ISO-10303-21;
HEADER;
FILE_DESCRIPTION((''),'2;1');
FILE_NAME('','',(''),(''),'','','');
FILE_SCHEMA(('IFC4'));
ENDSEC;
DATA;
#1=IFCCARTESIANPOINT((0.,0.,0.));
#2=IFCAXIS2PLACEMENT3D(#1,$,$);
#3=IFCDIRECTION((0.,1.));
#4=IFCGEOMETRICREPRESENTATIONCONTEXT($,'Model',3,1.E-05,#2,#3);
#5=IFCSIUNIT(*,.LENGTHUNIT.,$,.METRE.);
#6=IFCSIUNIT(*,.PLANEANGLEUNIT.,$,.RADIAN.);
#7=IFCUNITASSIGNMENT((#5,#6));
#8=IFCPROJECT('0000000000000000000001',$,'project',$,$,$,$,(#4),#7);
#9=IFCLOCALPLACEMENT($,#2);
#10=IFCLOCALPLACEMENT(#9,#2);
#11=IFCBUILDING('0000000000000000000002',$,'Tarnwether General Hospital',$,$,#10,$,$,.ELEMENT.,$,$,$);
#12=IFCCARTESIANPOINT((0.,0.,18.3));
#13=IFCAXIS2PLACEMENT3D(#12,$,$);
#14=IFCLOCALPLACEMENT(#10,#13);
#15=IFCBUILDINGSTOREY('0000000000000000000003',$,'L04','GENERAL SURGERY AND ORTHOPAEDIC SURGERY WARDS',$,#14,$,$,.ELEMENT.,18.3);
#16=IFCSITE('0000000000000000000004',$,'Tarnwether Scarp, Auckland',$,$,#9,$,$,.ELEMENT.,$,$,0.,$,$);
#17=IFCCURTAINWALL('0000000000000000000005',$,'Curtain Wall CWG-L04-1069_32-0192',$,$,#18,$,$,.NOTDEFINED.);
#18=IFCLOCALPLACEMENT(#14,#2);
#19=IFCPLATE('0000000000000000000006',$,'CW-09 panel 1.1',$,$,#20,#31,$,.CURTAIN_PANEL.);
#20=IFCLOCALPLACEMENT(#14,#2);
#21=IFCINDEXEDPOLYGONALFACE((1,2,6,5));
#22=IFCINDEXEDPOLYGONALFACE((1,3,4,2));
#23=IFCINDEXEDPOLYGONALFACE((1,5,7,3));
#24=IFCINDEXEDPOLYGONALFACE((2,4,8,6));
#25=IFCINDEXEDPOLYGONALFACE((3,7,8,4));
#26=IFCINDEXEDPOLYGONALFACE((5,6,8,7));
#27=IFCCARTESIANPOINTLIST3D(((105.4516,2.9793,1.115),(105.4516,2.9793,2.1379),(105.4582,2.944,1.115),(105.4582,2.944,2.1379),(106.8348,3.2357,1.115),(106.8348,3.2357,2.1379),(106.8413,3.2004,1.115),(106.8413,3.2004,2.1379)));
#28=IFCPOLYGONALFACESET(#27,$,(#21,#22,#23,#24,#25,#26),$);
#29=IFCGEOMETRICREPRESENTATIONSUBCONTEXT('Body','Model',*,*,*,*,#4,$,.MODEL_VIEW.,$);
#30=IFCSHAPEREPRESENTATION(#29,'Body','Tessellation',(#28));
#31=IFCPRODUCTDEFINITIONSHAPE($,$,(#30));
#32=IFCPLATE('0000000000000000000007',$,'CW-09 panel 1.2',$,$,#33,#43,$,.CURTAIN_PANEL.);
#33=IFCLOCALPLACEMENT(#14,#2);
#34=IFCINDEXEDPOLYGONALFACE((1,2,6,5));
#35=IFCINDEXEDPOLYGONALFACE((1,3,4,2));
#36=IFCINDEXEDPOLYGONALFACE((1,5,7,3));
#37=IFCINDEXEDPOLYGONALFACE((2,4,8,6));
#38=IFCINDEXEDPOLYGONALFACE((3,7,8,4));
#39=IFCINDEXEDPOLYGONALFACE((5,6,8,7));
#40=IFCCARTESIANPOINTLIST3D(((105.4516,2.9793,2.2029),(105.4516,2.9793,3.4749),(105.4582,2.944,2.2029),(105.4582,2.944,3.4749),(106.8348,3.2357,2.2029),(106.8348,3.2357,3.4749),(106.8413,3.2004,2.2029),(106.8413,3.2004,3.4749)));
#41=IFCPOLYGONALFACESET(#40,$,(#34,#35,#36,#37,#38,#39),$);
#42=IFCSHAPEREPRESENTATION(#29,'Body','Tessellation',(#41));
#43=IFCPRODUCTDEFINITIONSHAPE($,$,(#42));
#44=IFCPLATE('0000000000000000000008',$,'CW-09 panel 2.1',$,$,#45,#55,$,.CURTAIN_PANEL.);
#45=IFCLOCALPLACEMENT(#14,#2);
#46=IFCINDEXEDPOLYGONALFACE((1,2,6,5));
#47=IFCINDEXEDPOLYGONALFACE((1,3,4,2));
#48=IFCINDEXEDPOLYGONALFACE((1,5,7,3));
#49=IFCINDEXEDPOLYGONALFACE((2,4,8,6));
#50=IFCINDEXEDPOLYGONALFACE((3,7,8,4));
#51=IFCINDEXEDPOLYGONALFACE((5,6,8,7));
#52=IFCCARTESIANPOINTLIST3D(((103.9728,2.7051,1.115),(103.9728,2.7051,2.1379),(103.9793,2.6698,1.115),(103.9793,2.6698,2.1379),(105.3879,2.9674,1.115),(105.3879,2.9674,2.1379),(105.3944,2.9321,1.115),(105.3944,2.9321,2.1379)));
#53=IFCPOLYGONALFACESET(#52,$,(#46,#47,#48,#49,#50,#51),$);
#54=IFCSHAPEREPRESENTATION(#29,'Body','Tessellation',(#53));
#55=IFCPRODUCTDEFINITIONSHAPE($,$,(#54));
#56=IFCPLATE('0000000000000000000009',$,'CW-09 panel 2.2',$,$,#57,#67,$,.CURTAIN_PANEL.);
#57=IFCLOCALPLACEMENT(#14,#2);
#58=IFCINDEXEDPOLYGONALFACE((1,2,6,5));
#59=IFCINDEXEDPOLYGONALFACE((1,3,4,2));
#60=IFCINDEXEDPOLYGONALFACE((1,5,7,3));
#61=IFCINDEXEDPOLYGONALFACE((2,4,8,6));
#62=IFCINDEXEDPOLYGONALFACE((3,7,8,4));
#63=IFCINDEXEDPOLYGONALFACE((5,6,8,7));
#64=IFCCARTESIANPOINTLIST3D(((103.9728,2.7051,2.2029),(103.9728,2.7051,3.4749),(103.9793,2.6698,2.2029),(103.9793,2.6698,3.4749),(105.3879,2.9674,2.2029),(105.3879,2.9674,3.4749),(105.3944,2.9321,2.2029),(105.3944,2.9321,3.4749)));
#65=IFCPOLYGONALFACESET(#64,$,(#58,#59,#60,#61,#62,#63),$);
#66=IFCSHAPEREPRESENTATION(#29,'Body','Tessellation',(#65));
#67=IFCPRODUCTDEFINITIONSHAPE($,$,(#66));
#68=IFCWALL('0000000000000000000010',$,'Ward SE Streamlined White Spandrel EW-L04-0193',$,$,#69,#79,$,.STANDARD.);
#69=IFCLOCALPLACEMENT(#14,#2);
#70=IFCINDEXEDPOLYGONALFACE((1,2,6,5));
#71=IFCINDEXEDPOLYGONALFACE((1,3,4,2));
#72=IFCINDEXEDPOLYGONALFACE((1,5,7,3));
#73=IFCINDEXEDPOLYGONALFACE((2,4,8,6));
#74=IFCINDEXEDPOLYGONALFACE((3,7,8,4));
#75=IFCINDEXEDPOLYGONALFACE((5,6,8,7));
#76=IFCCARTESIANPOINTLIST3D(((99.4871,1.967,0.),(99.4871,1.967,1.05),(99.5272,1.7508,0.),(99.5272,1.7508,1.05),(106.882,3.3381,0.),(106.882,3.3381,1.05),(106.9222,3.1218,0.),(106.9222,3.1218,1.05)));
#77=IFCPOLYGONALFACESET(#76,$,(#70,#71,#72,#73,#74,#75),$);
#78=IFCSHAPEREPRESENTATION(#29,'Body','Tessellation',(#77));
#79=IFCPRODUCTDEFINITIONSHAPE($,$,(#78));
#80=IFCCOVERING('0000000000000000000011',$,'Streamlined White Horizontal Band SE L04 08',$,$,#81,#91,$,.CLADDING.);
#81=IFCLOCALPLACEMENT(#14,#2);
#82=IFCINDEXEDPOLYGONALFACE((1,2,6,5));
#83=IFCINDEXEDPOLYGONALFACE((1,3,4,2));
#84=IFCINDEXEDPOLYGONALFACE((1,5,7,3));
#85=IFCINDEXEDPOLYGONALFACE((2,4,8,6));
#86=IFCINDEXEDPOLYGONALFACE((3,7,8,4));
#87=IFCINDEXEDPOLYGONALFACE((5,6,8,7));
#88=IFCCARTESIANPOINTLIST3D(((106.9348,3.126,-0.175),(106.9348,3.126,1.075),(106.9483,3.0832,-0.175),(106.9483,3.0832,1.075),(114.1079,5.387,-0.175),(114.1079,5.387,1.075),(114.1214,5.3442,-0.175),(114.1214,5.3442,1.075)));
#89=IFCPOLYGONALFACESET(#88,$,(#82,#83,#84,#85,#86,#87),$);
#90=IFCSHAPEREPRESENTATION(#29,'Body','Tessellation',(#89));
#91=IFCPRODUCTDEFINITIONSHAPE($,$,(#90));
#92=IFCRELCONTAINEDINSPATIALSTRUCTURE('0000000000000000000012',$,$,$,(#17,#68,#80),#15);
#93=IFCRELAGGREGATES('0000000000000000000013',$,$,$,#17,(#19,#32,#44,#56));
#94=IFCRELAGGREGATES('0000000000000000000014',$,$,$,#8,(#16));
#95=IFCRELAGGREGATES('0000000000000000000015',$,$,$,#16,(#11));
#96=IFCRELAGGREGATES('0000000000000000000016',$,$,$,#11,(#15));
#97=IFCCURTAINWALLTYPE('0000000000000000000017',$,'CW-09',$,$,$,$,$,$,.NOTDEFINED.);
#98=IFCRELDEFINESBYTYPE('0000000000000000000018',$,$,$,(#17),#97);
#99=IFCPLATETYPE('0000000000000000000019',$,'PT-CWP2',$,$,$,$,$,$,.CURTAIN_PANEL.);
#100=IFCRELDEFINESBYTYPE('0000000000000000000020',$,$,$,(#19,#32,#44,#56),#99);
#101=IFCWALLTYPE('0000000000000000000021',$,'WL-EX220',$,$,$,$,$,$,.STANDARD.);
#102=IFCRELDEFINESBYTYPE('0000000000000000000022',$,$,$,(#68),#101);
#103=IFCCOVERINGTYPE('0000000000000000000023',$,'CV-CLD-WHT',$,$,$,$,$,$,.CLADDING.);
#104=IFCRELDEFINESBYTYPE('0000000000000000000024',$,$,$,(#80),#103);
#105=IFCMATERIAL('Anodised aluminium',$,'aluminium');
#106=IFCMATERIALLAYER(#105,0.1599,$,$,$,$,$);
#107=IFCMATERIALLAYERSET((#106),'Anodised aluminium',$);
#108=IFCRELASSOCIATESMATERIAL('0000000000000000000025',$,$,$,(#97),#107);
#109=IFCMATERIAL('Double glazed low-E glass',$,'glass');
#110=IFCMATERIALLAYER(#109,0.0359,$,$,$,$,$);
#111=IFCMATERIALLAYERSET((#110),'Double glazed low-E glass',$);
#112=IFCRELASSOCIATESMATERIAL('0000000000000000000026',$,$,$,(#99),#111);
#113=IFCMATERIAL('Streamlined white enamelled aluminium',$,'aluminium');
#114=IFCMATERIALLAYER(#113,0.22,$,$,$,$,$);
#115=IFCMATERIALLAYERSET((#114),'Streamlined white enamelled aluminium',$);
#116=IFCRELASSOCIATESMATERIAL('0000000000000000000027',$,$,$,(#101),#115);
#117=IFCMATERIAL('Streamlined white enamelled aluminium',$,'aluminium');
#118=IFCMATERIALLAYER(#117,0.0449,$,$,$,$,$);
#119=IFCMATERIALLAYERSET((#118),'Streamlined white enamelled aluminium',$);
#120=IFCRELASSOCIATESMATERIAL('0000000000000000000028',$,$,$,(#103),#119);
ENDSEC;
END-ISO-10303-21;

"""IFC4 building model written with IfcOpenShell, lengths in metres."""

from ifc_helpers import new_model, si_unit, direction, frame, frame_2d, origin, origin_2d, place, context, subcontext, project, spatial, rectangle, extrude, material, layer, layer_set, type_object, element, aggregate, save


model = new_model("IFC4")

# Units and contexts
model_context = context("Model", 3, precision=1e-05, world=origin(), true_north=direction((0.0, 1.0)))
body_context = subcontext(model_context, "Body", "Model", "MODEL_VIEW")
ifc_project = project(units=[si_unit("LENGTHUNIT", "METRE"), si_unit("PLANEANGLEUNIT", "RADIAN")], contexts=[model_context])

# Site, building, storey
site_placement = place(None, origin())
site = spatial("IfcSite", under=ifc_project, at=site_placement, Name="Tarnwether Scarp, Auckland", CompositionType="ELEMENT", RefElevation=0.0)
building_placement = place(site_placement, origin())
building = spatial("IfcBuilding", under=site, at=building_placement, Name="Tarnwether General Hospital", CompositionType="ELEMENT")
storey_placement = place(building_placement, frame((0.0, 0.0, 18.3)))
storey = spatial("IfcBuildingStorey", under=building, at=storey_placement, Name="L04", Description="GENERAL SURGERY AND ORTHOPAEDIC SURGERY WARDS", CompositionType="ELEMENT", Elevation=18.3)

# Curtain wall
ifc_material_1 = material(Name="Anodised aluminium", Category="aluminium")
ifc_layer_1 = layer(ifc_material_1, 0.1599)
ifc_layer_set_1 = layer_set([ifc_layer_1], Name="Anodised aluminium")
curtain_wall_type = type_object("IfcCurtainWallType", Name="CW-09", PredefinedType="NOTDEFINED", material=ifc_layer_set_1)
curtain_wall_1_placement = place(storey_placement, origin())
curtain_wall_1 = element("IfcCurtainWall", 1, at=curtain_wall_1_placement, inside=storey, type_object=curtain_wall_type, Name="Curtain Wall CWG-L04-1069_32-0192", PredefinedType="NOTDEFINED")

# Plates
ifc_material_2 = material(Name="Double glazed low-E glass", Category="glass")
ifc_layer_2 = layer(ifc_material_2, 0.0359)
ifc_layer_set_2 = layer_set([ifc_layer_2], Name="Double glazed low-E glass")
plate_type_1 = type_object("IfcPlateType", Name="PT-CWP2", PredefinedType="CURTAIN_PANEL", material=ifc_layer_set_2)
plate_1_placement = place(storey_placement, frame((106.1465, 3.0898, 1.115), z_axis=(0.0, 0.0, 1.0), x_axis=(-0.983245, -0.182289, 0.0)))
plate_1 = element("IfcPlate", 2, at=plate_1_placement, type_object=plate_type_1, Name="CW-09 panel 1.1", PredefinedType="CURTAIN_PANEL", context=body_context, shape_type="SweptSolid", body=[
    extrude(rectangle(XDim=1.4067, YDim=0.0359, at=origin_2d()), origin(), (0.0, 0.0, 1.0), 1.0229),
])
plate_2_placement = place(storey_placement, frame((106.1465, 3.0898, 2.2029), z_axis=(0.0, 0.0, 1.0), x_axis=(-0.983245, -0.182289, 0.0)))
plate_2 = element("IfcPlate", 3, at=plate_2_placement, type_object=plate_type_1, Name="CW-09 panel 1.2", PredefinedType="CURTAIN_PANEL", context=body_context, shape_type="SweptSolid", body=[
    extrude(rectangle(XDim=1.4067, YDim=0.0359, at=origin_2d()), origin(), (0.0, 0.0, 1.0), 1.272),
])
plate_3_placement = place(storey_placement, frame((104.6836, 2.8186, 1.115), z_axis=(0.0, 0.0, 1.0), x_axis=(-0.983245, -0.182289, 0.0)))
plate_3 = element("IfcPlate", 4, at=plate_3_placement, type_object=plate_type_1, Name="CW-09 panel 2.1", PredefinedType="CURTAIN_PANEL", context=body_context, shape_type="SweptSolid", body=[
    extrude(rectangle(XDim=1.4392, YDim=0.0359, at=origin_2d()), origin(), (0.0, 0.0, 1.0), 1.0229),
])
plate_4_placement = place(storey_placement, frame((104.6836, 2.8186, 2.2029), z_axis=(0.0, 0.0, 1.0), x_axis=(-0.983245, -0.182289, 0.0)))
plate_4 = element("IfcPlate", 5, at=plate_4_placement, type_object=plate_type_1, Name="CW-09 panel 2.2", PredefinedType="CURTAIN_PANEL", context=body_context, shape_type="SweptSolid", body=[
    extrude(rectangle(XDim=1.4392, YDim=0.0359, at=origin_2d()), origin(), (0.0, 0.0, 1.0), 1.272),
])
aggregate(curtain_wall_1, [plate_1, plate_2, plate_3, plate_4])

# Wall
ifc_material_3 = material(Name="Streamlined white enamelled aluminium", Category="aluminium")
ifc_layer_3 = layer(ifc_material_3, 0.22)
ifc_layer_set_3 = layer_set([ifc_layer_3], Name="Streamlined white enamelled aluminium")
wall_type = type_object("IfcWallType", Name="WL-EX220", PredefinedType="STANDARD", material=ifc_layer_set_3)
wall_placement = place(storey_placement, frame((106.9021, 3.23, 0.0), z_axis=(0.0, 0.0, 1.0), x_axis=(-0.983243, -0.182301, 0.0)))
element("IfcWall", 6, at=wall_placement, inside=storey, type_object=wall_type, Name="Ward SE Streamlined White Spandrel EW-L04-0193", PredefinedType="STANDARD", context=body_context, shape_type="SweptSolid", body=[
    extrude(rectangle(XDim=7.521, YDim=0.22, at=frame_2d((3.7605, 0.0))), origin(), (0.0, 0.0, 1.0), 1.05),
])

# Covering
ifc_material_4 = material(Name="Streamlined white enamelled aluminium", Category="aluminium")
ifc_layer_4 = layer(ifc_material_4, 0.0449)
ifc_layer_set_4 = layer_set([ifc_layer_4], Name="Streamlined white enamelled aluminium")
covering_type = type_object("IfcCoveringType", Name="CV-CLD-WHT", PredefinedType="CLADDING", material=ifc_layer_set_4)
covering_placement = place(storey_placement, frame((110.5281, 4.2351, -0.175), z_axis=(0.0, 0.0, 1.0), x_axis=(-0.953743, -0.300623, 0.0)))
element("IfcCovering", 7, at=covering_placement, inside=storey, type_object=covering_type, Name="Streamlined White Horizontal Band SE L04 08", PredefinedType="CLADDING", context=body_context, shape_type="SweptSolid", body=[
    extrude(rectangle(XDim=7.521, YDim=0.0449, at=origin_2d()), origin(), (0.0, 0.0, 1.0), 1.25),
])

save(model, "model.ifc")
